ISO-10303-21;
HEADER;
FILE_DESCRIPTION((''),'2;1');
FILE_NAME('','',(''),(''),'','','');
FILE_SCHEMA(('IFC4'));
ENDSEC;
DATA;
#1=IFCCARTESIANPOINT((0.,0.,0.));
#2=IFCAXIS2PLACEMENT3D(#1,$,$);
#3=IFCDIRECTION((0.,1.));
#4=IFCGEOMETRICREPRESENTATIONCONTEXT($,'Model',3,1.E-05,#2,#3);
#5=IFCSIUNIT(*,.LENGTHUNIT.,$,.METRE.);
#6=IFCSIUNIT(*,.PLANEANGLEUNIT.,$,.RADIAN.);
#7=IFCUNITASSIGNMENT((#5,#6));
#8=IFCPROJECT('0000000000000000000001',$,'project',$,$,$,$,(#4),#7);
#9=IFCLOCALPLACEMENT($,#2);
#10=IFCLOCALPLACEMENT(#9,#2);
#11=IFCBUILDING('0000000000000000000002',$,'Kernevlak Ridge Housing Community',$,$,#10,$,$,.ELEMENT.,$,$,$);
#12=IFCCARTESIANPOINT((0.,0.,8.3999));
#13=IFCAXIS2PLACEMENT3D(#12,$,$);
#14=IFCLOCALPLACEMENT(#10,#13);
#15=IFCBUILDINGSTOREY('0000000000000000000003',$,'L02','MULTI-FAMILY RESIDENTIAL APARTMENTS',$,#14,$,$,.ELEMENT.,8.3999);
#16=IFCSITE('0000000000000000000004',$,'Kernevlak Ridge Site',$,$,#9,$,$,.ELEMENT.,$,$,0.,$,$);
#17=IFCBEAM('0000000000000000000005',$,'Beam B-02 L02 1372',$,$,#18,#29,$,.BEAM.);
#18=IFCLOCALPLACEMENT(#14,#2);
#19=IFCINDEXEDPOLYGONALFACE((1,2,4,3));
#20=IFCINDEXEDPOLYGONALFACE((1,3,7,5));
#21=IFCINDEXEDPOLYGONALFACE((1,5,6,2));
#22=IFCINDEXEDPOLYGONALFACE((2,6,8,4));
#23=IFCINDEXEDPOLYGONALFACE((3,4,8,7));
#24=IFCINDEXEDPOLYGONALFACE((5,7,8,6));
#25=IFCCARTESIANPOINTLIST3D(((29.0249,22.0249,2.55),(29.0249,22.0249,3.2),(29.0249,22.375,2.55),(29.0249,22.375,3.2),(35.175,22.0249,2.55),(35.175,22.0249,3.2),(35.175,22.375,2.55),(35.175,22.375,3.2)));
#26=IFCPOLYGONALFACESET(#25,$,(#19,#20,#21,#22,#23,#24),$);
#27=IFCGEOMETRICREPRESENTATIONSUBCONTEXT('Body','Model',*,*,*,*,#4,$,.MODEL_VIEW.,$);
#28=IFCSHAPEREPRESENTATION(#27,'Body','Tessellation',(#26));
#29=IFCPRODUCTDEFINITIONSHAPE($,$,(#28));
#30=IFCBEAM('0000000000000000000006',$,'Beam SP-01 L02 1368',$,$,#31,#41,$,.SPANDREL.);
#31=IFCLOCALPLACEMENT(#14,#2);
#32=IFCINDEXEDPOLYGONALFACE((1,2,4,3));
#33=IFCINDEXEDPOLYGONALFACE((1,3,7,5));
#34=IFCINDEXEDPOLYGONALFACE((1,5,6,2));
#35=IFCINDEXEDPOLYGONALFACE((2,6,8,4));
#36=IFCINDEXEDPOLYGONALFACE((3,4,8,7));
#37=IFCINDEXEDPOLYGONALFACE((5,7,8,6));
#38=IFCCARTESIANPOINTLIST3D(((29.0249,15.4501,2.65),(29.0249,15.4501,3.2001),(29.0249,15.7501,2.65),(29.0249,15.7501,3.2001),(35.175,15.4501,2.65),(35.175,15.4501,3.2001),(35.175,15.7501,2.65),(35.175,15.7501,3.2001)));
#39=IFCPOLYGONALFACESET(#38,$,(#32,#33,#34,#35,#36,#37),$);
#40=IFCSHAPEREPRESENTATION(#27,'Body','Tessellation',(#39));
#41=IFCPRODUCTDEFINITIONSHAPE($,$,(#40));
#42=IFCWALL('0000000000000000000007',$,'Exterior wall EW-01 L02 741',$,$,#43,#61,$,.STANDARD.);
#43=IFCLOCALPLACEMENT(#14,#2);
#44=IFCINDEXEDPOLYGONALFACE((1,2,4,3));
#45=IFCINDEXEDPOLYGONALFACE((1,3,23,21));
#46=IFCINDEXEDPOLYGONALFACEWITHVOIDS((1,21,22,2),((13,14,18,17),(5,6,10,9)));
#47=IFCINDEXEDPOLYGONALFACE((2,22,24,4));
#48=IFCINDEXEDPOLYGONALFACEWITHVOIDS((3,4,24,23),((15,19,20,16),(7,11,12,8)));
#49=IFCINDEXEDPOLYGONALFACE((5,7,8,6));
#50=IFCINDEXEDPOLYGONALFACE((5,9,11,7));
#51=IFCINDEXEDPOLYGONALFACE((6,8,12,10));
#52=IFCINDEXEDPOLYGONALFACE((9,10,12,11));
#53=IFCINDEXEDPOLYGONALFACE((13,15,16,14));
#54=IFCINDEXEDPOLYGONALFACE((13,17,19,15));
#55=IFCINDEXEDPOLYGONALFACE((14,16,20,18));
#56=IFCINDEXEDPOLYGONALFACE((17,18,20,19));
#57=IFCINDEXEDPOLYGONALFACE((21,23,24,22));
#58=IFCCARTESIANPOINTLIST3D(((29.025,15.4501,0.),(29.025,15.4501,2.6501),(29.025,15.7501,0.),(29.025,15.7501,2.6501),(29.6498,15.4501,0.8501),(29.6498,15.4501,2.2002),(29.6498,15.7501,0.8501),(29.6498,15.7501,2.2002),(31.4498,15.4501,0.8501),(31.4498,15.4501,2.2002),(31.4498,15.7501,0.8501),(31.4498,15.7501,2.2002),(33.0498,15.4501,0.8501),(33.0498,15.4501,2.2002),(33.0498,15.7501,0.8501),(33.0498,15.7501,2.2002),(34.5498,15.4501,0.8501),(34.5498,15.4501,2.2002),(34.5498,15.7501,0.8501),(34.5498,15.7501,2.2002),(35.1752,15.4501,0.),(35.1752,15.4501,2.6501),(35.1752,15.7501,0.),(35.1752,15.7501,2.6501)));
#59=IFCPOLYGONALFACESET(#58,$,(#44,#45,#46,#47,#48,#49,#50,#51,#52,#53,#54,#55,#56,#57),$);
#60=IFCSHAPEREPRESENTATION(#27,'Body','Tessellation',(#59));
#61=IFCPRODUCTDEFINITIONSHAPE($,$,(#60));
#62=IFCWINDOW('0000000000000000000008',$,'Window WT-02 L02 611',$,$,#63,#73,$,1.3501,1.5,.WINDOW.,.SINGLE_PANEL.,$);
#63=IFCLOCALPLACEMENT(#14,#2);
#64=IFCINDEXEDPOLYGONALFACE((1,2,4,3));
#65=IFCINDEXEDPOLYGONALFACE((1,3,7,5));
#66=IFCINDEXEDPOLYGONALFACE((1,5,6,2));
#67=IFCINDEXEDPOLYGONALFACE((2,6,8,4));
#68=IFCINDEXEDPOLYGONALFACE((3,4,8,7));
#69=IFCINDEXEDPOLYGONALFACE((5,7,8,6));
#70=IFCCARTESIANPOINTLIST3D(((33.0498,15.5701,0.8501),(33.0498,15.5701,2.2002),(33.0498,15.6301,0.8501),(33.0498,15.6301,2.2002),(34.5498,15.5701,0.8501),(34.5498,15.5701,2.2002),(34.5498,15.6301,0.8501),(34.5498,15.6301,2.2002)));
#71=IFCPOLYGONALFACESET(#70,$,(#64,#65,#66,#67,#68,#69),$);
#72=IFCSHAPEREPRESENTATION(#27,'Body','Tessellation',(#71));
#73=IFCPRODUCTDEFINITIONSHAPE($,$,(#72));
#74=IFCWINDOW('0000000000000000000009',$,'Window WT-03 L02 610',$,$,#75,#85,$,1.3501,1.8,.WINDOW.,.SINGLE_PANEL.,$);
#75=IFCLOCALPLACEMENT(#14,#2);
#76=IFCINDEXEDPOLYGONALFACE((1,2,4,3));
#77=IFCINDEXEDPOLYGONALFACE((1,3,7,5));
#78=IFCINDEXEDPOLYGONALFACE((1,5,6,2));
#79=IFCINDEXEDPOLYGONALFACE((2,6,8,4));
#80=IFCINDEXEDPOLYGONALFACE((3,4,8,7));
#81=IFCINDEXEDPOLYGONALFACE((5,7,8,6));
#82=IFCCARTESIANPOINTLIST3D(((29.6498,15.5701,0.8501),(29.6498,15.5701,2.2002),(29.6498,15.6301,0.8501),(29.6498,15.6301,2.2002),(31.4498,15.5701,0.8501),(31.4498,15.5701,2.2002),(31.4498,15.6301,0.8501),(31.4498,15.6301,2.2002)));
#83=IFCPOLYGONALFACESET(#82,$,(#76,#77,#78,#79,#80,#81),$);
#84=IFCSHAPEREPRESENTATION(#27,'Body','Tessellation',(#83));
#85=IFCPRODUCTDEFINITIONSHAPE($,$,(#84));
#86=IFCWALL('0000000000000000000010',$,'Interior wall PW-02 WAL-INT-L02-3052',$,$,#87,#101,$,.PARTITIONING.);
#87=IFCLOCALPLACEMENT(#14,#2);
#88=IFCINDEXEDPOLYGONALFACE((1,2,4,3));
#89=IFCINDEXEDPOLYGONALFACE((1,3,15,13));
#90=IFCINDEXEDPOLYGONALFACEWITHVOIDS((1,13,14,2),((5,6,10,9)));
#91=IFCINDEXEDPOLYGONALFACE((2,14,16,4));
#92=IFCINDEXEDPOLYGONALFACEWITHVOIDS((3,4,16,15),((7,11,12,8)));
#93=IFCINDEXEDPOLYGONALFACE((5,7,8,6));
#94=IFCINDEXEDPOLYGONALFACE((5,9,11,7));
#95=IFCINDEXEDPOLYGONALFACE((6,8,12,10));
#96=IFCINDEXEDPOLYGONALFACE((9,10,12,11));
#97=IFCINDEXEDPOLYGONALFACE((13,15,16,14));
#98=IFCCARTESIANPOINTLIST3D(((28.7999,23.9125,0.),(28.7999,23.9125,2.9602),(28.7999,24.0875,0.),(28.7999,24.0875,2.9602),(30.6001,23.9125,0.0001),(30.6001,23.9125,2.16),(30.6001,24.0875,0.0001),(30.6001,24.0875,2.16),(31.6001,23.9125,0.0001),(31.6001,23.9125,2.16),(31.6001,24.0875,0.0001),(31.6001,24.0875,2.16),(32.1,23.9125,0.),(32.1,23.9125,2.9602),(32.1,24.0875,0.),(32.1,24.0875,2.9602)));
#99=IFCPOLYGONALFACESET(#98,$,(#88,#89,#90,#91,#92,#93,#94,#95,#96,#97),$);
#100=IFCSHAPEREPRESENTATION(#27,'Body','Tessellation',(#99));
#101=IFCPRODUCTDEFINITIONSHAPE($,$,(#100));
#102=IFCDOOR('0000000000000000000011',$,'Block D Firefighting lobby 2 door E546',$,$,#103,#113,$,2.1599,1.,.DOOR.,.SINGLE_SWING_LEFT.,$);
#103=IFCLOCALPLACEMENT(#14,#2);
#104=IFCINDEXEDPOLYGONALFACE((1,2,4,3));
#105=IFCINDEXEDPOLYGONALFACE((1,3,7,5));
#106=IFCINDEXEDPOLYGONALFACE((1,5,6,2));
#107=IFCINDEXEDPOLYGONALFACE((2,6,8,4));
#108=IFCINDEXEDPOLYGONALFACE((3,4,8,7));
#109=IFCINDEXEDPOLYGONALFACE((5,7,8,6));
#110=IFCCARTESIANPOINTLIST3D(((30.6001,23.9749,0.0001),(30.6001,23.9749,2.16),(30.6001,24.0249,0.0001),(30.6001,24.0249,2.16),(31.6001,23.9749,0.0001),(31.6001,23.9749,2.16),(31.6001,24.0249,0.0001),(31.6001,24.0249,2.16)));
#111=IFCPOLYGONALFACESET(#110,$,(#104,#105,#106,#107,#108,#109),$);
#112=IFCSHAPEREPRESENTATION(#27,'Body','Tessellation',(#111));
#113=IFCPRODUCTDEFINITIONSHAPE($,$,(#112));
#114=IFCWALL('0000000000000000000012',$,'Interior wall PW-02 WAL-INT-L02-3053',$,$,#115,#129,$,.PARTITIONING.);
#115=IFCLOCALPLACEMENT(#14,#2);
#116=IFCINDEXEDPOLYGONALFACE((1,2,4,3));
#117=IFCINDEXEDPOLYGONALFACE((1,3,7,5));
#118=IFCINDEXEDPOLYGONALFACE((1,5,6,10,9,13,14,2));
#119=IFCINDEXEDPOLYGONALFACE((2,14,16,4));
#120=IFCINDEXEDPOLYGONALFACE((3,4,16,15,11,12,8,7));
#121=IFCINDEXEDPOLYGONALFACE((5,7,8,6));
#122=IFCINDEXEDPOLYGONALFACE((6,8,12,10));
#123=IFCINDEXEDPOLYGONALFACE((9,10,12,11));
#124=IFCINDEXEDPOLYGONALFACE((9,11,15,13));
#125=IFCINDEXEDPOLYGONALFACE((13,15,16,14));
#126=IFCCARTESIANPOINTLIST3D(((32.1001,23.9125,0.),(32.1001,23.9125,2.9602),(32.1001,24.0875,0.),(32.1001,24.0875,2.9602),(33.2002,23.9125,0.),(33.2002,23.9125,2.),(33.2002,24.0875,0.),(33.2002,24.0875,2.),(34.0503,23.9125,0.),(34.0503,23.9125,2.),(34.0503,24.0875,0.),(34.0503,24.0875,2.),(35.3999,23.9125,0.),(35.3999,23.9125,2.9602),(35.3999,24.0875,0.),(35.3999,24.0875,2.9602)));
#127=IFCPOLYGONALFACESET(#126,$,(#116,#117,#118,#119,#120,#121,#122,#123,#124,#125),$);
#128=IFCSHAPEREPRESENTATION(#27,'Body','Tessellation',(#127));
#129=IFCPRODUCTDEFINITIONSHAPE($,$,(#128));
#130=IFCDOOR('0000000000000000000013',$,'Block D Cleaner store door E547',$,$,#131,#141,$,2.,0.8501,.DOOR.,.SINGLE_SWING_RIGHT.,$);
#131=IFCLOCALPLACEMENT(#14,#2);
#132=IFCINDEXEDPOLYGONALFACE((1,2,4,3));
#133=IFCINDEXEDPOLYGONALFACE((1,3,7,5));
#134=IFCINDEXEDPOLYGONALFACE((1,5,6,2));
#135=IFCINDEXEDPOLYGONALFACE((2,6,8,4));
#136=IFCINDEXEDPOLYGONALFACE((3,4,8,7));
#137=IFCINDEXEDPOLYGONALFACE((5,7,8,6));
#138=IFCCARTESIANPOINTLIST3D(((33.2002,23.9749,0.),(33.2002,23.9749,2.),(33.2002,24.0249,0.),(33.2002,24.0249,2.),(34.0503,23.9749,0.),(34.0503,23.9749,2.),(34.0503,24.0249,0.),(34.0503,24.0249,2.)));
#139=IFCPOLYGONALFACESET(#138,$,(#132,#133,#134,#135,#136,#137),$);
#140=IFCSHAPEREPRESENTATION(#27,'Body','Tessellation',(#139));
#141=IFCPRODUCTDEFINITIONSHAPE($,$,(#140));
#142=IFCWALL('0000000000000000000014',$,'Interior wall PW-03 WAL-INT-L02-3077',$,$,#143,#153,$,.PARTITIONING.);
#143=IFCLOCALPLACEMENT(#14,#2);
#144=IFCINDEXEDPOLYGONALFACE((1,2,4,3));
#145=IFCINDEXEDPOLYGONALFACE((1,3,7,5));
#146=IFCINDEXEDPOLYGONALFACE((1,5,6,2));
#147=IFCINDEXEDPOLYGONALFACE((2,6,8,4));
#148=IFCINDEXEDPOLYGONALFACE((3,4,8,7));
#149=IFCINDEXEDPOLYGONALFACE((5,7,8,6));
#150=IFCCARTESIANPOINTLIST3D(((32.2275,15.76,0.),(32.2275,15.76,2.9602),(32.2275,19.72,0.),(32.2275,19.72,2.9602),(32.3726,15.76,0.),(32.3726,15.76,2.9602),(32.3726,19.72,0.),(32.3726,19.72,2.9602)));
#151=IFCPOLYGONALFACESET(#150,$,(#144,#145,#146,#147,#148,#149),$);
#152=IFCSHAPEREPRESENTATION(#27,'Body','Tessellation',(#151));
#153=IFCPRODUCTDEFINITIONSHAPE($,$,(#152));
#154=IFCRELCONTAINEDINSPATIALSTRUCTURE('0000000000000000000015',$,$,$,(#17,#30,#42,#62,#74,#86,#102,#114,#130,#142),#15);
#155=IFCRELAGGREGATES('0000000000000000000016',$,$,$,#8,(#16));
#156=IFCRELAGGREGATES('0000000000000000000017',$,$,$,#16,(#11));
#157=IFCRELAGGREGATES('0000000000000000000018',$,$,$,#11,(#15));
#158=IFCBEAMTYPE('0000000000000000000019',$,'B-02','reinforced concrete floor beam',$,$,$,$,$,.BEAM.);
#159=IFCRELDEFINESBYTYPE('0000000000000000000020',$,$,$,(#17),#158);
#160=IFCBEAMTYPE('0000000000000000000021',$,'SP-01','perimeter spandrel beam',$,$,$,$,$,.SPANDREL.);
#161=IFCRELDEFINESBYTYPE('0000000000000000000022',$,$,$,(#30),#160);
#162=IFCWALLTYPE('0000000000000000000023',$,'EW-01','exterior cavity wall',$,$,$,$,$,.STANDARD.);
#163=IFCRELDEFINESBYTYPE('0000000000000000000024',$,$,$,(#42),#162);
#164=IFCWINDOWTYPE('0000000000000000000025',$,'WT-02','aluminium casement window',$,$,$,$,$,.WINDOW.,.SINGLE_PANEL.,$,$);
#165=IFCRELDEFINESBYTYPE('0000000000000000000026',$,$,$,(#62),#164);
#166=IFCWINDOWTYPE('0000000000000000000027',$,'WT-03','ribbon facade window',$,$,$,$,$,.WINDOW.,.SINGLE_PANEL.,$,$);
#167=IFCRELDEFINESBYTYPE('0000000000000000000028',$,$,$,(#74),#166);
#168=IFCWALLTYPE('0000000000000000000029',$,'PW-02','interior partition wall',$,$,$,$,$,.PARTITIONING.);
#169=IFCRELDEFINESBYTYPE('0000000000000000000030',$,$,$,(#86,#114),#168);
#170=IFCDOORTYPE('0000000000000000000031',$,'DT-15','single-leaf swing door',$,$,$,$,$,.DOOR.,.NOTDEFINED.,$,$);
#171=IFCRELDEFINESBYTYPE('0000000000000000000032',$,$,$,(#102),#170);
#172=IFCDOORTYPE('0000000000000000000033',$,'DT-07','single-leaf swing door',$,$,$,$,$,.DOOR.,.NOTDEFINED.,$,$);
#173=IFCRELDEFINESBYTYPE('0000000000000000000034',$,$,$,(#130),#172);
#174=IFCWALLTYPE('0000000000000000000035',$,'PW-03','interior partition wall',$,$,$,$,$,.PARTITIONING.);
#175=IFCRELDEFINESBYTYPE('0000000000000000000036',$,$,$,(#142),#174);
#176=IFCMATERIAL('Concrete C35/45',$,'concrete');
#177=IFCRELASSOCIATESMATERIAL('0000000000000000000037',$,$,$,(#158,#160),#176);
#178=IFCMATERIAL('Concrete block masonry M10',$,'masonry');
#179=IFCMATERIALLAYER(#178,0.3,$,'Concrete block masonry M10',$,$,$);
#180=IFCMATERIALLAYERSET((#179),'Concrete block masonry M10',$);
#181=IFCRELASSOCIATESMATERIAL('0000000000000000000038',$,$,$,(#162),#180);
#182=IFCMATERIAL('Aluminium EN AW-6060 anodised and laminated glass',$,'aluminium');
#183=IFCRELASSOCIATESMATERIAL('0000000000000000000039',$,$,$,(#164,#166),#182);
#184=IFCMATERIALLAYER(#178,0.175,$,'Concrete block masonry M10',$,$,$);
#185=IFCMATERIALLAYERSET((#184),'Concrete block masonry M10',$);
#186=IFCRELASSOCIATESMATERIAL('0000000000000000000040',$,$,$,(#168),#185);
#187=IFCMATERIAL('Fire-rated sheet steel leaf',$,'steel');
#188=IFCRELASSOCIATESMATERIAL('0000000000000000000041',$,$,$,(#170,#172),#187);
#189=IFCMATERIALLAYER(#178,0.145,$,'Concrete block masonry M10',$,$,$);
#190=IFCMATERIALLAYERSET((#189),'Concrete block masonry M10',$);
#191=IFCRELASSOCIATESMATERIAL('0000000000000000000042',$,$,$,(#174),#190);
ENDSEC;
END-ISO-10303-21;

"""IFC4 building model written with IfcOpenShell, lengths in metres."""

from ifc_helpers import new_model, si_unit, direction, frame, frame_2d, origin, origin_2d, place, context, subcontext, project, spatial, rectangle, extrude, material, layer, layer_set, material_profile, profile_set, type_object, element, fill, save


model = new_model("IFC4")

# Units and contexts
model_context = context("Model", 3, precision=1e-05, world=origin(), true_north=direction((0.0, 1.0)))
body_context = subcontext(model_context, "Body", "Model", "MODEL_VIEW")
ifc_project = project(units=[si_unit("LENGTHUNIT", "METRE"), si_unit("PLANEANGLEUNIT", "RADIAN")], contexts=[model_context])

# Site, building, storey
site_placement = place(None, origin())
site = spatial("IfcSite", under=ifc_project, at=site_placement, Name="Kernevlak Ridge Site", CompositionType="ELEMENT", RefElevation=0.0)
building_placement = place(site_placement, origin())
building = spatial("IfcBuilding", under=site, at=building_placement, Name="Kernevlak Ridge Housing Community", CompositionType="ELEMENT")
storey_placement = place(building_placement, frame((0.0, 0.0, 8.3999)))
storey = spatial("IfcBuildingStorey", under=building, at=storey_placement, Name="L02", Description="MULTI-FAMILY RESIDENTIAL APARTMENTS", CompositionType="ELEMENT", Elevation=8.3999)

# Beams
ifc_material_1 = material(Name="Concrete C35/45", Category="concrete")
ifc_material_profile_1 = material_profile(ifc_material_1, rectangle(XDim=0.3501, YDim=0.6499, at=origin_2d()), Name="RC 350x650")
ifc_profile_set_1 = profile_set([ifc_material_profile_1], Name="Concrete C35/45")
beam_type_1 = type_object("IfcBeamType", Name="B-02", Description="reinforced concrete floor beam", PredefinedType="BEAM", material=ifc_profile_set_1)
beam_1_placement = place(storey_placement, frame((29.0249, 22.2, 2.875), z_axis=(1.0, 0.0, 0.0), x_axis=(0.0, 1.0, 0.0)))
element("IfcBeam", 1, at=beam_1_placement, inside=storey, type_object=beam_type_1, Name="Beam B-02 L02 1372", PredefinedType="BEAM", context=body_context, shape_type="SweptSolid", body=[
    extrude(rectangle(XDim=0.3501, YDim=0.6499, at=origin_2d()), origin(), (0.0, 0.0, 1.0), 6.1501),
])
ifc_material_profile_2 = material_profile(ifc_material_1, rectangle(XDim=0.3, YDim=0.55, at=origin_2d()), Name="RC 300x550")
ifc_profile_set_2 = profile_set([ifc_material_profile_2], Name="Concrete C35/45")
beam_type_2 = type_object("IfcBeamType", Name="SP-01", Description="perimeter spandrel beam", PredefinedType="SPANDREL", material=ifc_profile_set_2)
beam_2_placement = place(storey_placement, frame((29.0249, 15.6001, 2.925), z_axis=(1.0, 0.0, 0.0), x_axis=(0.0, 1.0, 0.0)))
element("IfcBeam", 2, at=beam_2_placement, inside=storey, type_object=beam_type_2, Name="Beam SP-01 L02 1368", PredefinedType="SPANDREL", context=body_context, shape_type="SweptSolid", body=[
    extrude(rectangle(XDim=0.3, YDim=0.55, at=origin_2d()), origin(), (0.0, 0.0, 1.0), 6.1501),
])

# Wall, openings, windows
ifc_material_2 = material(Name="Concrete block masonry M10", Category="masonry")
ifc_layer_1 = layer(ifc_material_2, 0.3, Name="Concrete block masonry M10")
ifc_layer_set_1 = layer_set([ifc_layer_1], Name="Concrete block masonry M10")
wall_type_1 = type_object("IfcWallType", Name="EW-01", Description="exterior cavity wall", PredefinedType="STANDARD", material=ifc_layer_set_1)
wall_1_placement = place(storey_placement, frame((29.0249, 15.6001, 0.0), z_axis=(0.0, 0.0, 1.0), x_axis=(1.0, 0.0, 0.0)))
wall_1 = element("IfcWall", 3, at=wall_1_placement, inside=storey, type_object=wall_type_1, Name="Exterior wall EW-01 L02 741", PredefinedType="STANDARD", context=body_context, shape_type="SweptSolid", body=[
    extrude(rectangle(XDim=6.1501, YDim=0.3, at=frame_2d((3.0752, 0.0))), origin(), (0.0, 0.0, 1.0), 2.6501),
])
opening_1_placement = place(wall_1_placement, frame((0.625, 0.0, 0.8501)))
opening_1 = element("IfcOpeningElement", 4, at=opening_1_placement, cuts=wall_1, PredefinedType="OPENING", context=body_context, shape_type="SweptSolid", body=[
    extrude(rectangle(XDim=1.8, YDim=1.3501, at=frame_2d((0.8999, 0.675))), frame((0.0, 0.1599, 0.0), z_axis=(0.0, -1.0, 0.0), x_axis=(1.0, 0.0, 0.0)), (0.0, 0.0, 1.0), 0.3201),
])
opening_2_placement = place(wall_1_placement, frame((4.0249, 0.0, 0.8501)))
opening_2 = element("IfcOpeningElement", 5, at=opening_2_placement, cuts=wall_1, PredefinedType="OPENING", context=body_context, shape_type="SweptSolid", body=[
    extrude(rectangle(XDim=1.5, YDim=1.3501, at=frame_2d((0.75, 0.675))), frame((0.0, 0.1599, 0.0), z_axis=(0.0, -1.0, 0.0), x_axis=(1.0, 0.0, 0.0)), (0.0, 0.0, 1.0), 0.3201),
])
ifc_material_3 = material(Name="Aluminium EN AW-6060 anodised and laminated glass", Category="aluminium")
window_type_1 = type_object("IfcWindowType", Name="WT-02", Description="aluminium casement window", PartitioningType="SINGLE_PANEL", PredefinedType="WINDOW", material=ifc_material_3)
window_1_placement = place(opening_2_placement, origin())
window_1 = element("IfcWindow", 6, at=window_1_placement, inside=storey, type_object=window_type_1, Name="Window WT-02 L02 611", OverallHeight=1.3501, OverallWidth=1.5, PartitioningType="SINGLE_PANEL", PredefinedType="WINDOW", context=body_context, shape_type="SweptSolid", body=[
    extrude(rectangle(XDim=1.5, YDim=1.3501, at=frame_2d((0.75, 0.675))), frame((0.0, 0.03, 0.0), z_axis=(0.0, -1.0, 0.0), x_axis=(1.0, 0.0, 0.0)), (0.0, 0.0, 1.0), 0.0601),
])
fill(opening_2, window_1)
window_type_2 = type_object("IfcWindowType", Name="WT-03", Description="ribbon facade window", PartitioningType="SINGLE_PANEL", PredefinedType="WINDOW", material=ifc_material_3)
window_2_placement = place(opening_1_placement, origin())
window_2 = element("IfcWindow", 7, at=window_2_placement, inside=storey, type_object=window_type_2, Name="Window WT-03 L02 610", OverallHeight=1.3501, OverallWidth=1.8, PartitioningType="SINGLE_PANEL", PredefinedType="WINDOW", context=body_context, shape_type="SweptSolid", body=[
    extrude(rectangle(XDim=1.8, YDim=1.3501, at=frame_2d((0.8999, 0.675))), frame((0.0, 0.03, 0.0), z_axis=(0.0, -1.0, 0.0), x_axis=(1.0, 0.0, 0.0)), (0.0, 0.0, 1.0), 0.0601),
])
fill(opening_1, window_2)

# Walls, openings, doors
ifc_layer_2 = layer(ifc_material_2, 0.175, Name="Concrete block masonry M10")
ifc_layer_set_2 = layer_set([ifc_layer_2], Name="Concrete block masonry M10")
wall_type_2 = type_object("IfcWallType", Name="PW-02", Description="interior partition wall", PredefinedType="PARTITIONING", material=ifc_layer_set_2)
wall_2_placement = place(storey_placement, frame((28.8, 24.0, 0.0), z_axis=(0.0, 0.0, 1.0), x_axis=(1.0, 0.0, 0.0)))
wall_2 = element("IfcWall", 8, at=wall_2_placement, inside=storey, type_object=wall_type_2, Name="Interior wall PW-02 WAL-INT-L02-3052", PredefinedType="PARTITIONING", context=body_context, shape_type="SweptSolid", body=[
    extrude(rectangle(XDim=3.3, YDim=0.175, at=frame_2d((1.6499, 0.0))), origin(), (0.0, 0.0, 1.0), 2.9602),
])
opening_3_placement = place(wall_2_placement, frame((1.8, 0.0, 0.0)))
opening_3 = element("IfcOpeningElement", 9, at=opening_3_placement, cuts=wall_2, PredefinedType="OPENING", context=body_context, shape_type="SweptSolid", body=[
    extrude(rectangle(XDim=1.0, YDim=2.1599, at=frame_2d((0.5, 1.0801))), frame((0.0, 0.0974, 0.0), z_axis=(0.0, -1.0, 0.0), x_axis=(1.0, 0.0, 0.0)), (0.0, 0.0, 1.0), 0.1951),
])
ifc_material_4 = material(Name="Fire-rated sheet steel leaf", Category="steel")
door_type_1 = type_object("IfcDoorType", Name="DT-15", Description="single-leaf swing door", OperationType="NOTDEFINED", PredefinedType="DOOR", material=ifc_material_4)
door_1_placement = place(opening_3_placement, origin())
door_1 = element("IfcDoor", 10, at=door_1_placement, inside=storey, type_object=door_type_1, Name="Block D Firefighting lobby 2 door E546", OperationType="SINGLE_SWING_LEFT", OverallHeight=2.1599, OverallWidth=1.0, PredefinedType="DOOR", context=body_context, shape_type="SweptSolid", body=[
    extrude(rectangle(XDim=1.0, YDim=2.1599, at=frame_2d((0.5, 1.0801))), frame((0.0, 0.0249, 0.0), z_axis=(0.0, -1.0, 0.0), x_axis=(1.0, 0.0, 0.0)), (0.0, 0.0, 1.0), 0.05),
])
fill(opening_3, door_1)
wall_3_placement = place(storey_placement, frame((32.1001, 24.0, 0.0), z_axis=(0.0, 0.0, 1.0), x_axis=(1.0, 0.0, 0.0)))
wall_3 = element("IfcWall", 11, at=wall_3_placement, inside=storey, type_object=wall_type_2, Name="Interior wall PW-02 WAL-INT-L02-3053", PredefinedType="PARTITIONING", context=body_context, shape_type="SweptSolid", body=[
    extrude(rectangle(XDim=3.2998, YDim=0.175, at=frame_2d((1.6499, 0.0))), origin(), (0.0, 0.0, 1.0), 2.9602),
])
opening_4_placement = place(wall_3_placement, frame((1.1001, 0.0, 0.0)))
opening_4 = element("IfcOpeningElement", 12, at=opening_4_placement, cuts=wall_3, PredefinedType="OPENING", context=body_context, shape_type="SweptSolid", body=[
    extrude(rectangle(XDim=0.8501, YDim=2.0, at=frame_2d((0.425, 1.0))), frame((0.0, 0.0974, 0.0), z_axis=(0.0, -1.0, 0.0), x_axis=(1.0, 0.0, 0.0)), (0.0, 0.0, 1.0), 0.1951),
])
door_type_2 = type_object("IfcDoorType", Name="DT-07", Description="single-leaf swing door", OperationType="NOTDEFINED", PredefinedType="DOOR", material=ifc_material_4)
door_2_placement = place(opening_4_placement, origin())
door_2 = element("IfcDoor", 13, at=door_2_placement, inside=storey, type_object=door_type_2, Name="Block D Cleaner store door E547", OperationType="SINGLE_SWING_RIGHT", OverallHeight=2.0, OverallWidth=0.8501, PredefinedType="DOOR", context=body_context, shape_type="SweptSolid", body=[
    extrude(rectangle(XDim=0.8501, YDim=2.0, at=frame_2d((0.425, 1.0))), frame((0.0, 0.0249, 0.0), z_axis=(0.0, -1.0, 0.0), x_axis=(1.0, 0.0, 0.0)), (0.0, 0.0, 1.0), 0.05),
])
fill(opening_4, door_2)

# Wall
ifc_layer_3 = layer(ifc_material_2, 0.145, Name="Concrete block masonry M10")
ifc_layer_set_3 = layer_set([ifc_layer_3], Name="Concrete block masonry M10")
wall_type_3 = type_object("IfcWallType", Name="PW-03", Description="interior partition wall", PredefinedType="PARTITIONING", material=ifc_layer_set_3)
wall_4_placement = place(storey_placement, frame((32.3, 19.72, 0.0), z_axis=(0.0, 0.0, 1.0), x_axis=(0.0, -1.0, 0.0)))
element("IfcWall", 14, at=wall_4_placement, inside=storey, type_object=wall_type_3, Name="Interior wall PW-03 WAL-INT-L02-3077", PredefinedType="PARTITIONING", context=body_context, shape_type="SweptSolid", body=[
    extrude(rectangle(XDim=3.96, YDim=0.145, at=frame_2d((1.98, 0.0))), origin(), (0.0, 0.0, 1.0), 2.9602),
])

save(model, "model.ifc")
